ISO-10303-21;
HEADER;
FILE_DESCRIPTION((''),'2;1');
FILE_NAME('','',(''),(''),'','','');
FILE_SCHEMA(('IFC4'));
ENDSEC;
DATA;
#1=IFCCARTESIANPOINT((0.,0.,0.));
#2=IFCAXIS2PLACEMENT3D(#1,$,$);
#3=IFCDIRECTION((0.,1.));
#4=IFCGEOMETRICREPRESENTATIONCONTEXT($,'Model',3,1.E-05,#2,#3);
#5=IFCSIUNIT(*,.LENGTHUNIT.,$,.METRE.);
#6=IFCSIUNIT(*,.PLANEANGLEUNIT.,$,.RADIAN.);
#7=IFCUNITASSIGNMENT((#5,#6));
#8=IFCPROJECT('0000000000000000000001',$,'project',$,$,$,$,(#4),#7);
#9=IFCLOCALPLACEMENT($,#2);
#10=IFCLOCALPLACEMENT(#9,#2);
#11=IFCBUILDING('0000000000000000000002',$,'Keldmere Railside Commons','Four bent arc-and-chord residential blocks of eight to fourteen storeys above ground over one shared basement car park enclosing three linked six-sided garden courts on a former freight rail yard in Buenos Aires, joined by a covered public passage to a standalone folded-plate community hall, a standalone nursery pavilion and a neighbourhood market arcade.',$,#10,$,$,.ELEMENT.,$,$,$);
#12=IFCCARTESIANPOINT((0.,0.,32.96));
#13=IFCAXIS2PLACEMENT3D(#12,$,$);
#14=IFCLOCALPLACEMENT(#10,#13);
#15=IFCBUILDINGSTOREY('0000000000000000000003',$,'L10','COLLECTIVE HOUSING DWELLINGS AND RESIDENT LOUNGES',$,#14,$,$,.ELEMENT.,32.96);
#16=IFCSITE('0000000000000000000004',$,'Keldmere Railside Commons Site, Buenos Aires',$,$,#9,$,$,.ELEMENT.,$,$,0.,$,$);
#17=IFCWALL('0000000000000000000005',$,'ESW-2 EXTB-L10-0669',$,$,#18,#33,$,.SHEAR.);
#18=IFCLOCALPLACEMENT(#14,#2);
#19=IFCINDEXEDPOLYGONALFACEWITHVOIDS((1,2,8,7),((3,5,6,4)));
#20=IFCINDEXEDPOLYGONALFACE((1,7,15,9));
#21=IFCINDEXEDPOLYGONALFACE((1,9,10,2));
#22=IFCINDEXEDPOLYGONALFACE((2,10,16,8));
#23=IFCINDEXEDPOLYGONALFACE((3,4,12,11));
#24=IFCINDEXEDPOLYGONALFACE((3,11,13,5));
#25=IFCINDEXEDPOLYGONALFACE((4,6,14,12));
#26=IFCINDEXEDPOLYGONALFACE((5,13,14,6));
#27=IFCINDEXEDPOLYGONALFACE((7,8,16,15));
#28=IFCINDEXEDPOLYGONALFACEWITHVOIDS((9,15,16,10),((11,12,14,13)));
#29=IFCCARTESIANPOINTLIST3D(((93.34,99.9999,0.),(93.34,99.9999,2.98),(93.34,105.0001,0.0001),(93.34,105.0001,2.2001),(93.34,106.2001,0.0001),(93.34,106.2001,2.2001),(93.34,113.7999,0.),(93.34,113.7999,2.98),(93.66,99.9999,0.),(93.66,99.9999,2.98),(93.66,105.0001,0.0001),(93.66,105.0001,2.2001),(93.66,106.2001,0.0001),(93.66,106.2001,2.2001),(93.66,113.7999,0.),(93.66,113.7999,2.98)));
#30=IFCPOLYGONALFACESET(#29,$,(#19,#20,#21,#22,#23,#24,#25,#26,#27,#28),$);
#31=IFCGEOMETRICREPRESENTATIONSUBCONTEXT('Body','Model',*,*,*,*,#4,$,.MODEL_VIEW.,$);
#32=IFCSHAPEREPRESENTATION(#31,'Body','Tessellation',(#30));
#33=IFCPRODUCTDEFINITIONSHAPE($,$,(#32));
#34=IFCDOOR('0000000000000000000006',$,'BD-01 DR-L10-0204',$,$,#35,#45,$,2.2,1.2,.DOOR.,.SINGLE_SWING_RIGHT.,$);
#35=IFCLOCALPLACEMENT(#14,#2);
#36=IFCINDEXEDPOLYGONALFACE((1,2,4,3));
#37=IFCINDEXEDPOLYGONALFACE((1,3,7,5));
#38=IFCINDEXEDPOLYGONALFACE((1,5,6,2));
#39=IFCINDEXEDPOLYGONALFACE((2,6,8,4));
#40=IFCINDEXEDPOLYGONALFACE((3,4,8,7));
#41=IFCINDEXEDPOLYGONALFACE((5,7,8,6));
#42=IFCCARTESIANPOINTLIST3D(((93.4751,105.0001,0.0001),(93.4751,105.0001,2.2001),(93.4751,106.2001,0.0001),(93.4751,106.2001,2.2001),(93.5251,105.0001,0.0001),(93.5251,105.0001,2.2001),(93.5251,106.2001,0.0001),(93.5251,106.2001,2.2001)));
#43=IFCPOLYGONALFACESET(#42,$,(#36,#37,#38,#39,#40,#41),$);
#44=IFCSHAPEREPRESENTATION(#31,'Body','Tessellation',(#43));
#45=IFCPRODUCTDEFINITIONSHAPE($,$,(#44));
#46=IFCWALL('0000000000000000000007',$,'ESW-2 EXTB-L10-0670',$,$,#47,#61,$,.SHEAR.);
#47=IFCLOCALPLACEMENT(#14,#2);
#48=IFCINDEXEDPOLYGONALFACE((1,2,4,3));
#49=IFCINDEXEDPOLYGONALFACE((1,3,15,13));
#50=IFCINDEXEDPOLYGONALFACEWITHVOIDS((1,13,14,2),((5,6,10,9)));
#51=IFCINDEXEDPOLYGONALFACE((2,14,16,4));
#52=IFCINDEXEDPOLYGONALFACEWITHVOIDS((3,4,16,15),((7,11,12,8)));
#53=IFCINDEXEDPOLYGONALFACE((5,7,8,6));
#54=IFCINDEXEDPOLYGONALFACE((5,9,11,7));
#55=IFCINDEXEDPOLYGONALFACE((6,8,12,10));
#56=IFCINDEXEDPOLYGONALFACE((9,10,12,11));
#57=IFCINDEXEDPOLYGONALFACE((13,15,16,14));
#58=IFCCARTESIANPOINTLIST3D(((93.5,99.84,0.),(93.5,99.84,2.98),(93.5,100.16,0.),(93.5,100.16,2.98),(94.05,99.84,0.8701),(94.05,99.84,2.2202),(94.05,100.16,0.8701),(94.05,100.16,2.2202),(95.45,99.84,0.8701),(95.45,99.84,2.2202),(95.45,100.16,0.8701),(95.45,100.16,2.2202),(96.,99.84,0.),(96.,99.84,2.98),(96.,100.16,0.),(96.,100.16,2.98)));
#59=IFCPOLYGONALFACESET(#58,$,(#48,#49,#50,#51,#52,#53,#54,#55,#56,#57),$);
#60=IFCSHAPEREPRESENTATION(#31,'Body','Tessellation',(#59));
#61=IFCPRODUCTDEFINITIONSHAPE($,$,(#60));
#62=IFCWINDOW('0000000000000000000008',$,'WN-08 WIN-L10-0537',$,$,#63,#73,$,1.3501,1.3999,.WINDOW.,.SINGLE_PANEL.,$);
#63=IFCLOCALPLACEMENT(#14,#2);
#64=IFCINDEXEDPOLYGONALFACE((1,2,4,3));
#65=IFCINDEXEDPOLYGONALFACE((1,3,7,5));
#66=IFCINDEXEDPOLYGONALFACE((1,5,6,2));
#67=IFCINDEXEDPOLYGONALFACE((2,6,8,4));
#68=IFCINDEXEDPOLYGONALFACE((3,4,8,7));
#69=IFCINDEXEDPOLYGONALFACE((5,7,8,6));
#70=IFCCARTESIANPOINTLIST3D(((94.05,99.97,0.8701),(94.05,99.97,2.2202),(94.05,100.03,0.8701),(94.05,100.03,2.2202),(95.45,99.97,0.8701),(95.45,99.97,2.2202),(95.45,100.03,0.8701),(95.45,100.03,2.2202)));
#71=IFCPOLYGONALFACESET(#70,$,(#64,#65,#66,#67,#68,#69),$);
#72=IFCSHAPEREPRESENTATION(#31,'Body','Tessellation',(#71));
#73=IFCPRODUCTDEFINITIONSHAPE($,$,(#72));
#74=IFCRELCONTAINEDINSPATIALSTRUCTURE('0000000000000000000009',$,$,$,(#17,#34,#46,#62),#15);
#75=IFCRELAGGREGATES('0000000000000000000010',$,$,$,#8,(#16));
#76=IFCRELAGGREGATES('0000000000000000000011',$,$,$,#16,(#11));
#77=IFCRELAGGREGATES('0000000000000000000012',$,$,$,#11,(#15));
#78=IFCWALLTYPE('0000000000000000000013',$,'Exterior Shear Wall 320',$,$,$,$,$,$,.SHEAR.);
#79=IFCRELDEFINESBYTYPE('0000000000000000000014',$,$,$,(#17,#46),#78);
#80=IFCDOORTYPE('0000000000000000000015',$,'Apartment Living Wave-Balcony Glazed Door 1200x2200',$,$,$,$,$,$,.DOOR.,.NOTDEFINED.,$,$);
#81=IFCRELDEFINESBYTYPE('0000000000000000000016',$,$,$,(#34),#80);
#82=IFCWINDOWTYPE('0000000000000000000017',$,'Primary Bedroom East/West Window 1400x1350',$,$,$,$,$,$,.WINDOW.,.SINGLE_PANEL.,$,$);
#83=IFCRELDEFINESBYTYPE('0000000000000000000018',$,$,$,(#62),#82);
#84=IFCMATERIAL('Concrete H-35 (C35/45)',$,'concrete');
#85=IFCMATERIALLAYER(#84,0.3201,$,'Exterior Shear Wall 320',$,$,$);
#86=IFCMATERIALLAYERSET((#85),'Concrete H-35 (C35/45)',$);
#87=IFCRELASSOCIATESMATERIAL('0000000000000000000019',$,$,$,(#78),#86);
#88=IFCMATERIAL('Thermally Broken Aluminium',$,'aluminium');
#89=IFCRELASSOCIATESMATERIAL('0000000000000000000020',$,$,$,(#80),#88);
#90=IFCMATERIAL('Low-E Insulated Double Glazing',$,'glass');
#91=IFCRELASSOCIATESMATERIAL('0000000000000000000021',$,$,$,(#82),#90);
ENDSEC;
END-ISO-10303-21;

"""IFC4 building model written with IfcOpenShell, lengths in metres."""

from ifc_helpers import new_model, si_unit, direction, frame, frame_2d, origin, place, context, subcontext, project, spatial, rectangle, extrude, material, layer, layer_set, type_object, element, fill, save


model = new_model("IFC4")

# Units and contexts
model_context = context("Model", 3, precision=1e-05, world=origin(), true_north=direction((0.0, 1.0)))
body_context = subcontext(model_context, "Body", "Model", "MODEL_VIEW")
ifc_project = project(units=[si_unit("LENGTHUNIT", "METRE"), si_unit("PLANEANGLEUNIT", "RADIAN")], contexts=[model_context])

# Site, building, storey
site_placement = place(None, origin())
site = spatial("IfcSite", under=ifc_project, at=site_placement, Name="Keldmere Railside Commons Site, Buenos Aires", CompositionType="ELEMENT", RefElevation=0.0)
building_placement = place(site_placement, origin())
building = spatial("IfcBuilding", under=site, at=building_placement, Name="Keldmere Railside Commons", Description="Four bent arc-and-chord residential blocks of eight to fourteen storeys above ground over one shared basement car park enclosing three linked six-sided garden courts on a former freight rail yard in Buenos Aires, joined by a covered public passage to a standalone folded-plate community hall, a standalone nursery pavilion and a neighbourhood market arcade.", CompositionType="ELEMENT")
storey_placement = place(building_placement, frame((0.0, 0.0, 32.96)))
storey = spatial("IfcBuildingStorey", under=building, at=storey_placement, Name="L10", Description="COLLECTIVE HOUSING DWELLINGS AND RESIDENT LOUNGES", CompositionType="ELEMENT", Elevation=32.96)

# Shared definitions
ifc_material_1 = material(Name="Concrete H-35 (C35/45)", Category="concrete")

# Shared definitions
ifc_material_2 = material(Name="Thermally Broken Aluminium", Category="aluminium")

# Wall, opening, door
ifc_layer_1 = layer(ifc_material_1, 0.3201, Name="Exterior Shear Wall 320")
ifc_layer_set_1 = layer_set([ifc_layer_1], Name="Concrete H-35 (C35/45)")
wall_type = type_object("IfcWallType", Name="Exterior Shear Wall 320", PredefinedType="SHEAR", material=ifc_layer_set_1)
wall_1_placement = place(storey_placement, frame((93.5, 100.0, 0.0), z_axis=(0.0, 0.0, 1.0), x_axis=(0.0, 1.0, 0.0)))
wall_1 = element("IfcWall", 1, at=wall_1_placement, inside=storey, type_object=wall_type, Name="ESW-2 EXTB-L10-0669", PredefinedType="SHEAR", context=body_context, shape_type="SweptSolid", body=[
    extrude(rectangle(XDim=13.8, YDim=0.3201, at=frame_2d((6.8999, 0.0))), origin(), (0.0, 0.0, 1.0), 2.98),
])
opening_1_placement = place(wall_1_placement, frame((5.0, 0.0, 0.0)))
opening_1 = element("IfcOpeningElement", 2, at=opening_1_placement, cuts=wall_1, PredefinedType="OPENING", context=body_context, shape_type="SweptSolid", body=[
    extrude(rectangle(XDim=1.2, YDim=2.2, at=frame_2d((0.6001, 1.1001))), frame((0.0, 0.1699, 0.0), z_axis=(0.0, -1.0, 0.0), x_axis=(1.0, 0.0, 0.0)), (0.0, 0.0, 1.0), 0.3401),
])
door_type = type_object("IfcDoorType", Name="Apartment Living Wave-Balcony Glazed Door 1200x2200", OperationType="NOTDEFINED", PredefinedType="DOOR", material=ifc_material_2)
door_placement = place(opening_1_placement, origin())
door = element("IfcDoor", 3, at=door_placement, inside=storey, type_object=door_type, Name="BD-01 DR-L10-0204", OperationType="SINGLE_SWING_RIGHT", OverallHeight=2.2, OverallWidth=1.2, PredefinedType="DOOR", context=body_context, shape_type="SweptSolid", body=[
    extrude(rectangle(XDim=1.2, YDim=2.2, at=frame_2d((0.6001, 1.1001))), frame((0.0, 0.0249, 0.0), z_axis=(0.0, -1.0, 0.0), x_axis=(1.0, 0.0, 0.0)), (0.0, 0.0, 1.0), 0.05),
])
fill(opening_1, door)

# Wall, opening, window
wall_2_placement = place(storey_placement, frame((96.0, 100.0, 0.0), z_axis=(0.0, 0.0, 1.0), x_axis=(-1.0, 0.0, 0.0)))
wall_2 = element("IfcWall", 4, at=wall_2_placement, inside=storey, type_object=wall_type, Name="ESW-2 EXTB-L10-0670", PredefinedType="SHEAR", context=body_context, shape_type="SweptSolid", body=[
    extrude(rectangle(XDim=2.5, YDim=0.3201, at=frame_2d((1.25, 0.0))), origin(), (0.0, 0.0, 1.0), 2.98),
])
opening_2_placement = place(wall_2_placement, frame((0.55, 0.0, 0.8701)))
opening_2 = element("IfcOpeningElement", 5, at=opening_2_placement, cuts=wall_2, PredefinedType="OPENING", context=body_context, shape_type="SweptSolid", body=[
    extrude(rectangle(XDim=1.3999, YDim=1.3501, at=frame_2d((0.7, 0.675))), frame((0.0, 0.1699, 0.0), z_axis=(0.0, -1.0, 0.0), x_axis=(1.0, 0.0, 0.0)), (0.0, 0.0, 1.0), 0.3401),
])
ifc_material_3 = material(Name="Low-E Insulated Double Glazing", Category="glass")
window_type = type_object("IfcWindowType", Name="Primary Bedroom East/West Window 1400x1350", PartitioningType="SINGLE_PANEL", PredefinedType="WINDOW", material=ifc_material_3)
window_placement = place(opening_2_placement, origin())
window = element("IfcWindow", 6, at=window_placement, inside=storey, type_object=window_type, Name="WN-08 WIN-L10-0537", OverallHeight=1.3501, OverallWidth=1.3999, PartitioningType="SINGLE_PANEL", PredefinedType="WINDOW", context=body_context, shape_type="SweptSolid", body=[
    extrude(rectangle(XDim=1.3999, YDim=1.3501, at=frame_2d((0.7, 0.675))), frame((0.0, 0.03, 0.0), z_axis=(0.0, -1.0, 0.0), x_axis=(1.0, 0.0, 0.0)), (0.0, 0.0, 1.0), 0.0601),
])
fill(opening_2, window)

save(model, "model.ifc")
